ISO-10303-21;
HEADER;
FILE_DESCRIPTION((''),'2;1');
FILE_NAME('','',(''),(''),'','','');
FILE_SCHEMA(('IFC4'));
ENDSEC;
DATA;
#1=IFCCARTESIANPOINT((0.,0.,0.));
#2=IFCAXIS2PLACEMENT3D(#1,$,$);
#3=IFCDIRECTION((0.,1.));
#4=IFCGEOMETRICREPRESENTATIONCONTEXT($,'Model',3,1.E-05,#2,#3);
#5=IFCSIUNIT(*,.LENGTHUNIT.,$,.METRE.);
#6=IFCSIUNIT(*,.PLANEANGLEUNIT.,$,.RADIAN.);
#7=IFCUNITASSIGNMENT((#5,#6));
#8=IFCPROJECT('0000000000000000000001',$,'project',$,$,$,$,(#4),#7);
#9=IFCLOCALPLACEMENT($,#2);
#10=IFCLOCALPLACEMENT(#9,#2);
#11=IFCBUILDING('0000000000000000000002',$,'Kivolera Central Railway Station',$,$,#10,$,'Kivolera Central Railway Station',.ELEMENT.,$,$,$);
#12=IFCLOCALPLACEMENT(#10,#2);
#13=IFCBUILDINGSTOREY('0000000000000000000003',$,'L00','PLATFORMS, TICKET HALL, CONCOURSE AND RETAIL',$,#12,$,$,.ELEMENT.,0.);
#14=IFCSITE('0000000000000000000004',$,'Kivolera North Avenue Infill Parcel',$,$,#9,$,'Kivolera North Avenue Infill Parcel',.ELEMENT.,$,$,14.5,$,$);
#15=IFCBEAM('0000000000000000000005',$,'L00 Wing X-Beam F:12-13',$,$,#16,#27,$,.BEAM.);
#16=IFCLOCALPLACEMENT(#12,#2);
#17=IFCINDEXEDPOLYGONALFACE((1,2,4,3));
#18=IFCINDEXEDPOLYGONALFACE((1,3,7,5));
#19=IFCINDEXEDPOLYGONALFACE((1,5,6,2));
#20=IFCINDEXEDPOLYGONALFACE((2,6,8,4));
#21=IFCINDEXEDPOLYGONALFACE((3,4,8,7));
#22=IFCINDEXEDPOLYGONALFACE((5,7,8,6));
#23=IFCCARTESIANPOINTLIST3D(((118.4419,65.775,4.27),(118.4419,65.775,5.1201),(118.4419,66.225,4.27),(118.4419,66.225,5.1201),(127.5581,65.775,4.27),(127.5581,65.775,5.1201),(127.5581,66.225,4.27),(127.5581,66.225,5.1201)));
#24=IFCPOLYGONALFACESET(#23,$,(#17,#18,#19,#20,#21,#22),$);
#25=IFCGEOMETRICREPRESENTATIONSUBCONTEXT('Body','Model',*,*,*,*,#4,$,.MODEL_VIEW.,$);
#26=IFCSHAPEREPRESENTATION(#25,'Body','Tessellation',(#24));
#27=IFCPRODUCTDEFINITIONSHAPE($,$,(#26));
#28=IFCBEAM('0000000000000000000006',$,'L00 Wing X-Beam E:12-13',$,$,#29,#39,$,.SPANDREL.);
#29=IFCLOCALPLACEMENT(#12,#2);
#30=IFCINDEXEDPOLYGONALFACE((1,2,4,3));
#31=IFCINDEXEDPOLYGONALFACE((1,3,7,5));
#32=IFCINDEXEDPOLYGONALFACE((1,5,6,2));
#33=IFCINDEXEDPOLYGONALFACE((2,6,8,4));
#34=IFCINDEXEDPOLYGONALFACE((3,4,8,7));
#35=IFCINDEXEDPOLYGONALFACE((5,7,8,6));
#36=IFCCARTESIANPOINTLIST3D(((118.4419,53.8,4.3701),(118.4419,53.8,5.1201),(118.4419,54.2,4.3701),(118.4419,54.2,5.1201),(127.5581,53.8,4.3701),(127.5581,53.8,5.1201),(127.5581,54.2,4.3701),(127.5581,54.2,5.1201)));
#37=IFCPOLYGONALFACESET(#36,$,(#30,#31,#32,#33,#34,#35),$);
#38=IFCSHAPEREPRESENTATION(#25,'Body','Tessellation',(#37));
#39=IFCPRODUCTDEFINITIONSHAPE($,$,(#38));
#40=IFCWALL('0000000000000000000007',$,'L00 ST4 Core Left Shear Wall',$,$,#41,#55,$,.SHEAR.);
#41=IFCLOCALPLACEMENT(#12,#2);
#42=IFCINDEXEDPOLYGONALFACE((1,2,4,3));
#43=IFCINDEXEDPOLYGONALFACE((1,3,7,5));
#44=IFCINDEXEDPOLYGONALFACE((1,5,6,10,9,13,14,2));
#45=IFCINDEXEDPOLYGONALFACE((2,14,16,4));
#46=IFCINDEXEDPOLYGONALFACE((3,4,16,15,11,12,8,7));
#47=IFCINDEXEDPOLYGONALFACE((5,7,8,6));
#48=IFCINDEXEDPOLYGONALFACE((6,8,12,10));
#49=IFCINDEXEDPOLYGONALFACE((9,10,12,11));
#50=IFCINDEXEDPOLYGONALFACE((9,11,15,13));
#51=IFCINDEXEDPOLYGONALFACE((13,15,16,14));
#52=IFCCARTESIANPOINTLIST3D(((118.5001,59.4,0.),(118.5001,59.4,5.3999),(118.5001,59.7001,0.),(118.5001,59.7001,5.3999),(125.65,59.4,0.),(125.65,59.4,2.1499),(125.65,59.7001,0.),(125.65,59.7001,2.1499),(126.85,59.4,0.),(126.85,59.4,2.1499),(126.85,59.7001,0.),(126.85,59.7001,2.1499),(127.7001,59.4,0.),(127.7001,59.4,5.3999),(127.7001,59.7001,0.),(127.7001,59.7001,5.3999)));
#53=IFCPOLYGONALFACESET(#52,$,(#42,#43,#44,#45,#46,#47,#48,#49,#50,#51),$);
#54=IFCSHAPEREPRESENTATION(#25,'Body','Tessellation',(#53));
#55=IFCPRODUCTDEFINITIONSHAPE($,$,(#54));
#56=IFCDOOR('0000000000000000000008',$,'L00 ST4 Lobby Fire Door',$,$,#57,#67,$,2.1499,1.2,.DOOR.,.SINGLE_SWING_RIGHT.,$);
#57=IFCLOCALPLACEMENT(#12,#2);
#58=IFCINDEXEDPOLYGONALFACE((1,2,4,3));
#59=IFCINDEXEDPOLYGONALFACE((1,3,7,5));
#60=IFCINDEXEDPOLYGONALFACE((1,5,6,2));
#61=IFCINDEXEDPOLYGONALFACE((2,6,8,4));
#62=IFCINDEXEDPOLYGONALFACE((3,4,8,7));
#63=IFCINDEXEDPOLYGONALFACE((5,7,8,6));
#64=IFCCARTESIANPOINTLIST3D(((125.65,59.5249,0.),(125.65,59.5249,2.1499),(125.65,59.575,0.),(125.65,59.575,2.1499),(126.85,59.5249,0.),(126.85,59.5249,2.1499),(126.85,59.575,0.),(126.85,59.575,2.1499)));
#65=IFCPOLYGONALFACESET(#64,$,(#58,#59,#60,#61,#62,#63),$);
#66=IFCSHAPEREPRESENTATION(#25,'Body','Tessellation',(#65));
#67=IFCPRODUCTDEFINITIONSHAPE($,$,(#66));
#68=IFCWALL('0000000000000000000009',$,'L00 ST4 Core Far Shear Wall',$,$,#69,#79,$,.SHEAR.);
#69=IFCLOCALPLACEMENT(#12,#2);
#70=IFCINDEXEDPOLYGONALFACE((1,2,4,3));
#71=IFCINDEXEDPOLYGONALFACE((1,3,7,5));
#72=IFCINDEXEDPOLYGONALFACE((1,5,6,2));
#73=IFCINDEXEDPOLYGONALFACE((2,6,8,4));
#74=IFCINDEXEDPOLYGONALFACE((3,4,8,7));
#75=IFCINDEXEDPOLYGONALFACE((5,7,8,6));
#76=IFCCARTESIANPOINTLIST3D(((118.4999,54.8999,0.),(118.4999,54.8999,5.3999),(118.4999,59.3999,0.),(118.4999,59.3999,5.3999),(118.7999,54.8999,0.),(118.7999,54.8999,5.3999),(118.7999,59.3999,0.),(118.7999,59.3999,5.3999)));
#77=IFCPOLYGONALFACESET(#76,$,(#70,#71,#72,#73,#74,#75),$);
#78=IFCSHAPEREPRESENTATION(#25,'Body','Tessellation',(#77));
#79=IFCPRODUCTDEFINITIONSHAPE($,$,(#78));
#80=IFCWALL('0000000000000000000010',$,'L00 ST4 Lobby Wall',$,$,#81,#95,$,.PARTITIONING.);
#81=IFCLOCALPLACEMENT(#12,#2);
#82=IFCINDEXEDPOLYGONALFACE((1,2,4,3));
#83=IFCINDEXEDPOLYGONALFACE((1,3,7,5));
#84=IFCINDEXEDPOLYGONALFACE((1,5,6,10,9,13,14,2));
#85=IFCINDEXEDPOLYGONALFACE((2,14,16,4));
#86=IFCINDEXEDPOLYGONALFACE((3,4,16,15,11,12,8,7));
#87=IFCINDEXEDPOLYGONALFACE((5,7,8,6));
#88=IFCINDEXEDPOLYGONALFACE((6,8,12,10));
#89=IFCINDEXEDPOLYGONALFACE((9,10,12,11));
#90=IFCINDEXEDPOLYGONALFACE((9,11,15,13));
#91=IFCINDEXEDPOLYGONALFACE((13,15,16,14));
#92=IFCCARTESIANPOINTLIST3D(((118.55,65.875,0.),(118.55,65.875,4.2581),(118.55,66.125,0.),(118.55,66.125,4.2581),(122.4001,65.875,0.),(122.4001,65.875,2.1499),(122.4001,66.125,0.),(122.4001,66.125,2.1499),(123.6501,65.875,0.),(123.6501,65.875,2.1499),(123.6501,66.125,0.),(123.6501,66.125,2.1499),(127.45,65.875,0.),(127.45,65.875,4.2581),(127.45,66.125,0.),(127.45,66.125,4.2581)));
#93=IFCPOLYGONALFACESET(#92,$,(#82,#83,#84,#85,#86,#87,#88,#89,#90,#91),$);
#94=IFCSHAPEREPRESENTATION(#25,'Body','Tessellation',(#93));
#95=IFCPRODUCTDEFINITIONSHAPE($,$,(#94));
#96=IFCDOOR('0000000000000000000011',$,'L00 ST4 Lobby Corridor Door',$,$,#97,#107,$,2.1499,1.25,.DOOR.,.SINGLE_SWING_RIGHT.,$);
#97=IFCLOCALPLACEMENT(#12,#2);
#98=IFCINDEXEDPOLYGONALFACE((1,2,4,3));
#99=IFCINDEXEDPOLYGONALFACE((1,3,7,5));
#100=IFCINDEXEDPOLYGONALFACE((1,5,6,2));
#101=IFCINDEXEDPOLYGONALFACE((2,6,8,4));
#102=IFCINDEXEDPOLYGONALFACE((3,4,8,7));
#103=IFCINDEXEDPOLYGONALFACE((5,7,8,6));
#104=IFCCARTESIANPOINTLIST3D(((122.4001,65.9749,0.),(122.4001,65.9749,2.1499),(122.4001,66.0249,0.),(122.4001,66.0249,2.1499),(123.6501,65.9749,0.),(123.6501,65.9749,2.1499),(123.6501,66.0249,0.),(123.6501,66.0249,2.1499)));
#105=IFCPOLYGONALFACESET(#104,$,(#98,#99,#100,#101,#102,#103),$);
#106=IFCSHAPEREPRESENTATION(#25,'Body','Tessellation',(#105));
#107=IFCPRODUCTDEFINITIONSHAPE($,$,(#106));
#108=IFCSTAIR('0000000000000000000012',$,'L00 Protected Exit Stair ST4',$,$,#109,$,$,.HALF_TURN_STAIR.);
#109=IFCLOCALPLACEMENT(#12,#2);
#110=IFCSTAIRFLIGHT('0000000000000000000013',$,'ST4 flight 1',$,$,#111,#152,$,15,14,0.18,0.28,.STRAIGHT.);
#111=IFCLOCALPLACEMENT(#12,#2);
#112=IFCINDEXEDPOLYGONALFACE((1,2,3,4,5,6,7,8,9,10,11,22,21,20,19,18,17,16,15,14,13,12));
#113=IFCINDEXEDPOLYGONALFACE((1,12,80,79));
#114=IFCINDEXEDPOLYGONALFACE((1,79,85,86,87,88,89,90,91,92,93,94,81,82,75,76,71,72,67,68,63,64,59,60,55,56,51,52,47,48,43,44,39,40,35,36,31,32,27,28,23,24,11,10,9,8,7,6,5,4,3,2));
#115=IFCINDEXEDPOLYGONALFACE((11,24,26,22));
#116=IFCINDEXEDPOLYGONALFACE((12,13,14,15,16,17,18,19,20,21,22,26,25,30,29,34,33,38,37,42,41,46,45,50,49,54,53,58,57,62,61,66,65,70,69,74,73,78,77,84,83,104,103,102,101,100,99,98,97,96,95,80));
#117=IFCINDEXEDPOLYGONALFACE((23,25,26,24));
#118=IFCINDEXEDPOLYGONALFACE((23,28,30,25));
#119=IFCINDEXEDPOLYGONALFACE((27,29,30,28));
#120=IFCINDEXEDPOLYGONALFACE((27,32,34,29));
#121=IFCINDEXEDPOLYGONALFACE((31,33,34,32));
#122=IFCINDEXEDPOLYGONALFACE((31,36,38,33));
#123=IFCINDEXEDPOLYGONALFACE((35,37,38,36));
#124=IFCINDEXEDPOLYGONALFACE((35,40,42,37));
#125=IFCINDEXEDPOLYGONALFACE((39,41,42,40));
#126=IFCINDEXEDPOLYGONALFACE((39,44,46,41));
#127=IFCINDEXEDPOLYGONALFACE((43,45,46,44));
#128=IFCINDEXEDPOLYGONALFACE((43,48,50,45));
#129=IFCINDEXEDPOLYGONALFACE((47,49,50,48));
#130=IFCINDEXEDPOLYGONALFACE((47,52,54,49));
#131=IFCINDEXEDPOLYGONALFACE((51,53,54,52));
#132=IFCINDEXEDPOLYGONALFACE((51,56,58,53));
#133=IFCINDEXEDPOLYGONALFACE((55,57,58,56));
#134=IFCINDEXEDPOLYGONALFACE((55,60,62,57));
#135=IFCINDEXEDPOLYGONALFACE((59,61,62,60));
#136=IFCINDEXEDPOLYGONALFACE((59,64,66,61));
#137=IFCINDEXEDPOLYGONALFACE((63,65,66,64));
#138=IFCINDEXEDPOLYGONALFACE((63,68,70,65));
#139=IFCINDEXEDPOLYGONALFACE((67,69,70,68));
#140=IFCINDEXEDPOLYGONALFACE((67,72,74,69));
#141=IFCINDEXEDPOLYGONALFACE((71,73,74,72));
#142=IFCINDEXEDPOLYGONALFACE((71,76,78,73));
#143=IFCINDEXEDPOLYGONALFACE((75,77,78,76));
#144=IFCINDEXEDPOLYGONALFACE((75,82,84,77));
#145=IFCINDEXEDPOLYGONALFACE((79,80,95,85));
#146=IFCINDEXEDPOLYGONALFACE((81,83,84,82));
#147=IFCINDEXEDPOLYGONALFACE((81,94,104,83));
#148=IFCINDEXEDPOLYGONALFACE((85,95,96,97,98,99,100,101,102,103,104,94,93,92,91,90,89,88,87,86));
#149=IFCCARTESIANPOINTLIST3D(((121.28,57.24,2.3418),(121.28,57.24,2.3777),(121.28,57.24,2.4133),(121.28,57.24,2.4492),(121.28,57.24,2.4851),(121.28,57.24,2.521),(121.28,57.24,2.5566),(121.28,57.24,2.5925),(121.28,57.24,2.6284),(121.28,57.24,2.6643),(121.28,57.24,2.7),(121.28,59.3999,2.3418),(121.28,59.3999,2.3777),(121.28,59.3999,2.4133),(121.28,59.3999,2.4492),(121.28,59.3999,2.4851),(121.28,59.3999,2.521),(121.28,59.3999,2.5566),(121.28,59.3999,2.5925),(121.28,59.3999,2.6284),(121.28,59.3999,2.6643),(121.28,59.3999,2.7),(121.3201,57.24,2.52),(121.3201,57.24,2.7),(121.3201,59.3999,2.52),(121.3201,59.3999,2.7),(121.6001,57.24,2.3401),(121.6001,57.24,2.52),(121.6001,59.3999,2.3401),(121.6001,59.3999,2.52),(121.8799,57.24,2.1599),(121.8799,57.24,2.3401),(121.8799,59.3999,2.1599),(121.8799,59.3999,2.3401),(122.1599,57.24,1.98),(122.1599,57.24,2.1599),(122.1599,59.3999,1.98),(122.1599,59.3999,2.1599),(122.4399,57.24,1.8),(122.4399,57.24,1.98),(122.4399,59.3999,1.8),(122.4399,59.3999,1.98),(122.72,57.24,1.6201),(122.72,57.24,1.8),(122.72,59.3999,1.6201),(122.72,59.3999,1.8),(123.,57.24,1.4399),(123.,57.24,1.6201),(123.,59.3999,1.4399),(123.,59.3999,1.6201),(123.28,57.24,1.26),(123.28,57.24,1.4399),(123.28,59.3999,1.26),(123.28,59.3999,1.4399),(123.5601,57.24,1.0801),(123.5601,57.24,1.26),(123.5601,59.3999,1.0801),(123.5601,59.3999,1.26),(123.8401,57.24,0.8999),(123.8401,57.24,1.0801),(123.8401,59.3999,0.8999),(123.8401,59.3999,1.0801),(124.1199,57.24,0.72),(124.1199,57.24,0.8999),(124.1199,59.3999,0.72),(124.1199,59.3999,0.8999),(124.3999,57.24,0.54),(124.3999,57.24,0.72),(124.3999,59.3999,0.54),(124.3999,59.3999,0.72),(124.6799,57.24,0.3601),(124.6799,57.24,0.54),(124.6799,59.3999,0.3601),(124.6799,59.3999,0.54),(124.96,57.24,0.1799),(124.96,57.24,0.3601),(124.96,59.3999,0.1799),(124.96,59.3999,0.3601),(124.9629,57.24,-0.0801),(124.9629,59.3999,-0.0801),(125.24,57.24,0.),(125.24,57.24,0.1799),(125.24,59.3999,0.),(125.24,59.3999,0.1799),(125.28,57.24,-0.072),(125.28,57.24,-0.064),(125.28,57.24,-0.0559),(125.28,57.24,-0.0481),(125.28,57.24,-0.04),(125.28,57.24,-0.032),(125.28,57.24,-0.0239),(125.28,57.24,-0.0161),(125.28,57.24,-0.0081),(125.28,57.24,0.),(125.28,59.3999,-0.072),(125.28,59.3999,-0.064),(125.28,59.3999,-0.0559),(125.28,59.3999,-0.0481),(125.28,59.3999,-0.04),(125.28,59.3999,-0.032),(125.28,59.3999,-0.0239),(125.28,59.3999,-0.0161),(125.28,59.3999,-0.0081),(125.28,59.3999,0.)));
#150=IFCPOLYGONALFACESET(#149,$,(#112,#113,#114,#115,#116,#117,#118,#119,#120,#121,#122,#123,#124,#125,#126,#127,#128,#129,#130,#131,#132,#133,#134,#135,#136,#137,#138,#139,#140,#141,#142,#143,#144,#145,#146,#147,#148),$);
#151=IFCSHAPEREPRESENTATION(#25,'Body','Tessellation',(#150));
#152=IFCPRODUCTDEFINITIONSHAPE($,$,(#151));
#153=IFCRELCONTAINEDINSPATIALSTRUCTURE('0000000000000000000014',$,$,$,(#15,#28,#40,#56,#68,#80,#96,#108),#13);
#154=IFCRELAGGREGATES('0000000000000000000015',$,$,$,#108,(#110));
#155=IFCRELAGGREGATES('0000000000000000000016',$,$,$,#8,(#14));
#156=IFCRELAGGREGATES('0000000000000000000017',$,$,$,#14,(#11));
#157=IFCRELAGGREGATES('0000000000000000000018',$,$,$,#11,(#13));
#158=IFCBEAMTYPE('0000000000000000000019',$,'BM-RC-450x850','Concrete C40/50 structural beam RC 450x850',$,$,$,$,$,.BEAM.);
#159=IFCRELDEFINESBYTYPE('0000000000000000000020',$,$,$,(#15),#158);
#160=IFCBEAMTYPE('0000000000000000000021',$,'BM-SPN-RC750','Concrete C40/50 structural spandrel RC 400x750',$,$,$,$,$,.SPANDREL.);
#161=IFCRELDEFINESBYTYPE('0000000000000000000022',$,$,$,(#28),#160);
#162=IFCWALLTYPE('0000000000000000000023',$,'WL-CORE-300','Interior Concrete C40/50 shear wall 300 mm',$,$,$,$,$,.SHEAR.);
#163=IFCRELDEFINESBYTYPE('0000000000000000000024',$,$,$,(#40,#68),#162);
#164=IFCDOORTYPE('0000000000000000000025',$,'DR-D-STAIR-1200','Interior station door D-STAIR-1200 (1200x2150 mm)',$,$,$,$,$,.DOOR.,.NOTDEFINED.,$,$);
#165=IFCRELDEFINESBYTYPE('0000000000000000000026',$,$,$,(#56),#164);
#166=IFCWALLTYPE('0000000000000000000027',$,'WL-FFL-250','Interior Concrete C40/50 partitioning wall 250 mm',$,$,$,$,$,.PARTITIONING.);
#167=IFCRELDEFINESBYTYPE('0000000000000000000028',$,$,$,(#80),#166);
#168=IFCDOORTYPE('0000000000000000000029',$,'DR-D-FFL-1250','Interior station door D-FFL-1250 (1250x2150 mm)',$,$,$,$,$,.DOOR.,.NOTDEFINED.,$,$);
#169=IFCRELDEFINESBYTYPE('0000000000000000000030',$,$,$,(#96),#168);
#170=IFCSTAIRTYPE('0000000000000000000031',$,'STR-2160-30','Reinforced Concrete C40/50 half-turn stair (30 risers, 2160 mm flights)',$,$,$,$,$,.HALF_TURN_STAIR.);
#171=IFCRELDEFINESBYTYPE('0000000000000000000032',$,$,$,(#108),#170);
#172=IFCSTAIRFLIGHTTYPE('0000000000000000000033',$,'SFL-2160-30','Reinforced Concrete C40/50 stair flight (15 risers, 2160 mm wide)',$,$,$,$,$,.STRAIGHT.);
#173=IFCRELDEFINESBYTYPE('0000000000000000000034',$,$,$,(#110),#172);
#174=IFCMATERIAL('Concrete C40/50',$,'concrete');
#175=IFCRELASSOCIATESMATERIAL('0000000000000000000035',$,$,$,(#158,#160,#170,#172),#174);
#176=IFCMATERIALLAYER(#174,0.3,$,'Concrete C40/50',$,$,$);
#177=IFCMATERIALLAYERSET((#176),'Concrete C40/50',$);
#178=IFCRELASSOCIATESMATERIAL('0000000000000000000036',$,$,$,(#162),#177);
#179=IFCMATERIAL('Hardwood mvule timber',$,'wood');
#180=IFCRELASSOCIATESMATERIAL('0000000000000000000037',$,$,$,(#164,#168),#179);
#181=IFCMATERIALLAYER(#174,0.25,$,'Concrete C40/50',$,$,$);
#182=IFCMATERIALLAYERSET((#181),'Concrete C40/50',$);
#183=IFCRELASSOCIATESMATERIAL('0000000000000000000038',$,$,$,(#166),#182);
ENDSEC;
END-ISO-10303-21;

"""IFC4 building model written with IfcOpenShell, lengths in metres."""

from ifc_helpers import new_model, si_unit, direction, frame, frame_2d, origin, origin_2d, place, context, subcontext, project, spatial, polyline, rectangle, outline, extrude, material, layer, layer_set, material_profile, profile_set, type_object, element, fill, aggregate, save


model = new_model("IFC4")

# Units and contexts
model_context = context("Model", 3, precision=1e-05, world=origin(), true_north=direction((0.0, 1.0)))
body_context = subcontext(model_context, "Body", "Model", "MODEL_VIEW")
ifc_project = project(units=[si_unit("LENGTHUNIT", "METRE"), si_unit("PLANEANGLEUNIT", "RADIAN")], contexts=[model_context])

# Site, building, storey
site_placement = place(None, origin())
site = spatial("IfcSite", under=ifc_project, at=site_placement, Name="Kivolera North Avenue Infill Parcel", LongName="Kivolera North Avenue Infill Parcel", CompositionType="ELEMENT", RefElevation=14.5)
building_placement = place(site_placement, origin())
building = spatial("IfcBuilding", under=site, at=building_placement, Name="Kivolera Central Railway Station", LongName="Kivolera Central Railway Station", CompositionType="ELEMENT")
storey_placement = place(building_placement, origin())
storey = spatial("IfcBuildingStorey", under=building, at=storey_placement, Name="L00", Description="PLATFORMS, TICKET HALL, CONCOURSE AND RETAIL", CompositionType="ELEMENT", Elevation=0.0)

# Beams
ifc_material_1 = material(Name="Concrete C40/50", Category="concrete")
ifc_material_profile_1 = material_profile(ifc_material_1, rectangle(XDim=0.45, YDim=0.8501, at=origin_2d()), Name="RC 450x850")
ifc_profile_set_1 = profile_set([ifc_material_profile_1], Name="Concrete C40/50")
beam_type_1 = type_object("IfcBeamType", Name="BM-RC-450x850", Description="Concrete C40/50 structural beam RC 450x850", PredefinedType="BEAM", material=ifc_profile_set_1)
beam_1_placement = place(storey_placement, frame((118.4419, 66.0, 4.6951), z_axis=(1.0, 0.0, 0.0), x_axis=(0.0, 1.0, 0.0)))
element("IfcBeam", 1, at=beam_1_placement, inside=storey, type_object=beam_type_1, Name="L00 Wing X-Beam F:12-13", PredefinedType="BEAM", context=body_context, shape_type="SweptSolid", body=[
    extrude(rectangle(XDim=0.45, YDim=0.8501, at=origin_2d()), origin(), (0.0, 0.0, 1.0), 9.1162),
])
ifc_material_profile_2 = material_profile(ifc_material_1, rectangle(XDim=0.3999, YDim=0.75, at=origin_2d()), Name="RC 400x750")
ifc_profile_set_2 = profile_set([ifc_material_profile_2], Name="Concrete C40/50")
beam_type_2 = type_object("IfcBeamType", Name="BM-SPN-RC750", Description="Concrete C40/50 structural spandrel RC 400x750", PredefinedType="SPANDREL", material=ifc_profile_set_2)
beam_2_placement = place(storey_placement, frame((118.4419, 54.0, 4.7451), z_axis=(1.0, 0.0, 0.0), x_axis=(0.0, 1.0, 0.0)))
element("IfcBeam", 2, at=beam_2_placement, inside=storey, type_object=beam_type_2, Name="L00 Wing X-Beam E:12-13", PredefinedType="SPANDREL", context=body_context, shape_type="SweptSolid", body=[
    extrude(rectangle(XDim=0.3999, YDim=0.75, at=origin_2d()), origin(), (0.0, 0.0, 1.0), 9.1162),
])

# Wall, opening, door
ifc_layer_1 = layer(ifc_material_1, 0.3, Name="Concrete C40/50")
ifc_layer_set_1 = layer_set([ifc_layer_1], Name="Concrete C40/50")
wall_type_1 = type_object("IfcWallType", Name="WL-CORE-300", Description="Interior Concrete C40/50 shear wall 300 mm", PredefinedType="SHEAR", material=ifc_layer_set_1)
wall_1_placement = place(storey_placement, frame((118.5, 59.55, 0.0), z_axis=(0.0, 0.0, 1.0), x_axis=(1.0, 0.0, 0.0)))
wall_1 = element("IfcWall", 3, at=wall_1_placement, inside=storey, type_object=wall_type_1, Name="L00 ST4 Core Left Shear Wall", PredefinedType="SHEAR", context=body_context, shape_type="SweptSolid", body=[
    extrude(rectangle(XDim=9.2, YDim=0.3, at=frame_2d((4.6001, 0.0))), origin(), (0.0, 0.0, 1.0), 5.3999),
])
opening_1_placement = place(wall_1_placement, frame((7.1499, 0.0, 0.0)))
opening_1 = element("IfcOpeningElement", 4, at=opening_1_placement, cuts=wall_1, PredefinedType="OPENING", context=body_context, shape_type="SweptSolid", body=[
    extrude(rectangle(XDim=1.2, YDim=2.1499, at=frame_2d((0.6001, 1.075))), frame((0.0, 0.1599, 0.0), z_axis=(0.0, -1.0, 0.0), x_axis=(1.0, 0.0, 0.0)), (0.0, 0.0, 1.0), 0.3201),
])
ifc_material_2 = material(Name="Hardwood mvule timber", Category="wood")
door_type_1 = type_object("IfcDoorType", Name="DR-D-STAIR-1200", Description="Interior station door D-STAIR-1200 (1200x2150 mm)", OperationType="NOTDEFINED", PredefinedType="DOOR", material=ifc_material_2)
door_1_placement = place(opening_1_placement, origin())
door_1 = element("IfcDoor", 5, at=door_1_placement, inside=storey, type_object=door_type_1, Name="L00 ST4 Lobby Fire Door", OperationType="SINGLE_SWING_RIGHT", OverallHeight=2.1499, OverallWidth=1.2, PredefinedType="DOOR", context=body_context, shape_type="SweptSolid", body=[
    extrude(rectangle(XDim=1.2, YDim=2.1499, at=frame_2d((0.6001, 1.075))), frame((0.0, 0.0249, 0.0), z_axis=(0.0, -1.0, 0.0), x_axis=(1.0, 0.0, 0.0)), (0.0, 0.0, 1.0), 0.05),
])
fill(opening_1, door_1)

# Wall
wall_2_placement = place(storey_placement, frame((118.6499, 54.8999, 0.0), z_axis=(0.0, 0.0, 1.0), x_axis=(0.0, 1.0, 0.0)))
element("IfcWall", 6, at=wall_2_placement, inside=storey, type_object=wall_type_1, Name="L00 ST4 Core Far Shear Wall", PredefinedType="SHEAR", context=body_context, shape_type="SweptSolid", body=[
    extrude(rectangle(XDim=4.5, YDim=0.3, at=frame_2d((2.25, 0.0))), origin(), (0.0, 0.0, 1.0), 5.3999),
])

# Wall, opening, door
ifc_layer_2 = layer(ifc_material_1, 0.25, Name="Concrete C40/50")
ifc_layer_set_2 = layer_set([ifc_layer_2], Name="Concrete C40/50")
wall_type_2 = type_object("IfcWallType", Name="WL-FFL-250", Description="Interior Concrete C40/50 partitioning wall 250 mm", PredefinedType="PARTITIONING", material=ifc_layer_set_2)
wall_3_placement = place(storey_placement, frame((118.55, 66.0, 0.0), z_axis=(0.0, 0.0, 1.0), x_axis=(1.0, 0.0, 0.0)))
wall_3 = element("IfcWall", 7, at=wall_3_placement, inside=storey, type_object=wall_type_2, Name="L00 ST4 Lobby Wall", PredefinedType="PARTITIONING", context=body_context, shape_type="SweptSolid", body=[
    extrude(rectangle(XDim=8.8999, YDim=0.25, at=frame_2d((4.45, 0.0))), origin(), (0.0, 0.0, 1.0), 4.2581),
])
opening_2_placement = place(wall_3_placement, frame((3.8501, 0.0, 0.0)))
opening_2 = element("IfcOpeningElement", 8, at=opening_2_placement, cuts=wall_3, PredefinedType="OPENING", context=body_context, shape_type="SweptSolid", body=[
    extrude(rectangle(XDim=1.25, YDim=2.1499, at=frame_2d((0.625, 1.075))), frame((0.0, 0.135, 0.0), z_axis=(0.0, -1.0, 0.0), x_axis=(1.0, 0.0, 0.0)), (0.0, 0.0, 1.0), 0.27),
])
door_type_2 = type_object("IfcDoorType", Name="DR-D-FFL-1250", Description="Interior station door D-FFL-1250 (1250x2150 mm)", OperationType="NOTDEFINED", PredefinedType="DOOR", material=ifc_material_2)
door_2_placement = place(opening_2_placement, origin())
door_2 = element("IfcDoor", 9, at=door_2_placement, inside=storey, type_object=door_type_2, Name="L00 ST4 Lobby Corridor Door", OperationType="SINGLE_SWING_RIGHT", OverallHeight=2.1499, OverallWidth=1.25, PredefinedType="DOOR", context=body_context, shape_type="SweptSolid", body=[
    extrude(rectangle(XDim=1.25, YDim=2.1499, at=frame_2d((0.625, 1.075))), frame((0.0, 0.0249, 0.0), z_axis=(0.0, -1.0, 0.0), x_axis=(1.0, 0.0, 0.0)), (0.0, 0.0, 1.0), 0.05),
])
fill(opening_2, door_2)

# Stair, stair flight
stair_type = type_object("IfcStairType", Name="STR-2160-30", Description="Reinforced Concrete C40/50 half-turn stair (30 risers, 2160 mm flights)", PredefinedType="HALF_TURN_STAIR", material=ifc_material_1)
stair_placement = place(storey_placement, origin())
stair = element("IfcStair", 10, at=stair_placement, inside=storey, type_object=stair_type, Name="L00 Protected Exit Stair ST4", PredefinedType="HALF_TURN_STAIR")
stair_flight_type = type_object("IfcStairFlightType", Name="SFL-2160-30", Description="Reinforced Concrete C40/50 stair flight (15 risers, 2160 mm wide)", PredefinedType="STRAIGHT", material=ifc_material_1)
stair_flight_1_placement = place(storey_placement, frame((125.24, 58.3201, 0.0), z_axis=(0.0, 0.0, 1.0), x_axis=(-1.0, 0.0, 0.0)))
stair_flight_1 = element("IfcStairFlight", 11, at=stair_flight_1_placement, type_object=stair_flight_type, Name="ST4 flight 1", NumberOfRisers=15, NumberOfTreads=14, PredefinedType="STRAIGHT", RiserHeight=0.18, TreadLength=0.28, context=body_context, shape_type="SweptSolid", body=[
    extrude(outline(polyline([(-0.04, 0.0), (0.0, 0.0), (0.0, 0.1799), (0.28, 0.1799), (0.28, 0.3601), (0.5601, 0.3601), (0.5601, 0.54), (0.8401, 0.54), (0.8401, 0.72), (1.1201, 0.72), (1.1201, 0.8999), (1.3999, 0.8999), (1.3999, 1.0801), (1.6799, 1.0801), (1.6799, 1.26), (1.96, 1.26), (1.96, 1.4399), (2.24, 1.4399), (2.24, 1.6201), (2.52, 1.6201), (2.52, 1.8), (2.8, 1.8), (2.8, 1.98), (3.0801, 1.98), (3.0801, 2.1599), (3.3601, 2.1599), (3.3601, 2.3401), (3.6399, 2.3401), (3.6399, 2.52), (3.9199, 2.52), (3.9199, 2.7), (3.96, 2.7), (3.96, 2.6643), (3.96, 2.6284), (3.96, 2.5925), (3.96, 2.5566), (3.96, 2.521), (3.96, 2.4851), (3.96, 2.4492), (3.96, 2.4133), (3.96, 2.3777), (3.96, 2.3418), (0.2771, -0.0801), (-0.04, -0.072), (-0.04, -0.064), (-0.04, -0.0559), (-0.04, -0.0481), (-0.04, -0.04), (-0.04, -0.032), (-0.04, -0.0239), (-0.04, -0.0161), (-0.04, -0.0081), (-0.04, 0.0)])), frame((0.0, 1.0801, 0.0), z_axis=(0.0, -1.0, 0.0), x_axis=(1.0, 0.0, 0.0)), (0.0, 0.0, 1.0), 2.1599),
])
aggregate(stair, [stair_flight_1])

save(model, "model.ifc")
